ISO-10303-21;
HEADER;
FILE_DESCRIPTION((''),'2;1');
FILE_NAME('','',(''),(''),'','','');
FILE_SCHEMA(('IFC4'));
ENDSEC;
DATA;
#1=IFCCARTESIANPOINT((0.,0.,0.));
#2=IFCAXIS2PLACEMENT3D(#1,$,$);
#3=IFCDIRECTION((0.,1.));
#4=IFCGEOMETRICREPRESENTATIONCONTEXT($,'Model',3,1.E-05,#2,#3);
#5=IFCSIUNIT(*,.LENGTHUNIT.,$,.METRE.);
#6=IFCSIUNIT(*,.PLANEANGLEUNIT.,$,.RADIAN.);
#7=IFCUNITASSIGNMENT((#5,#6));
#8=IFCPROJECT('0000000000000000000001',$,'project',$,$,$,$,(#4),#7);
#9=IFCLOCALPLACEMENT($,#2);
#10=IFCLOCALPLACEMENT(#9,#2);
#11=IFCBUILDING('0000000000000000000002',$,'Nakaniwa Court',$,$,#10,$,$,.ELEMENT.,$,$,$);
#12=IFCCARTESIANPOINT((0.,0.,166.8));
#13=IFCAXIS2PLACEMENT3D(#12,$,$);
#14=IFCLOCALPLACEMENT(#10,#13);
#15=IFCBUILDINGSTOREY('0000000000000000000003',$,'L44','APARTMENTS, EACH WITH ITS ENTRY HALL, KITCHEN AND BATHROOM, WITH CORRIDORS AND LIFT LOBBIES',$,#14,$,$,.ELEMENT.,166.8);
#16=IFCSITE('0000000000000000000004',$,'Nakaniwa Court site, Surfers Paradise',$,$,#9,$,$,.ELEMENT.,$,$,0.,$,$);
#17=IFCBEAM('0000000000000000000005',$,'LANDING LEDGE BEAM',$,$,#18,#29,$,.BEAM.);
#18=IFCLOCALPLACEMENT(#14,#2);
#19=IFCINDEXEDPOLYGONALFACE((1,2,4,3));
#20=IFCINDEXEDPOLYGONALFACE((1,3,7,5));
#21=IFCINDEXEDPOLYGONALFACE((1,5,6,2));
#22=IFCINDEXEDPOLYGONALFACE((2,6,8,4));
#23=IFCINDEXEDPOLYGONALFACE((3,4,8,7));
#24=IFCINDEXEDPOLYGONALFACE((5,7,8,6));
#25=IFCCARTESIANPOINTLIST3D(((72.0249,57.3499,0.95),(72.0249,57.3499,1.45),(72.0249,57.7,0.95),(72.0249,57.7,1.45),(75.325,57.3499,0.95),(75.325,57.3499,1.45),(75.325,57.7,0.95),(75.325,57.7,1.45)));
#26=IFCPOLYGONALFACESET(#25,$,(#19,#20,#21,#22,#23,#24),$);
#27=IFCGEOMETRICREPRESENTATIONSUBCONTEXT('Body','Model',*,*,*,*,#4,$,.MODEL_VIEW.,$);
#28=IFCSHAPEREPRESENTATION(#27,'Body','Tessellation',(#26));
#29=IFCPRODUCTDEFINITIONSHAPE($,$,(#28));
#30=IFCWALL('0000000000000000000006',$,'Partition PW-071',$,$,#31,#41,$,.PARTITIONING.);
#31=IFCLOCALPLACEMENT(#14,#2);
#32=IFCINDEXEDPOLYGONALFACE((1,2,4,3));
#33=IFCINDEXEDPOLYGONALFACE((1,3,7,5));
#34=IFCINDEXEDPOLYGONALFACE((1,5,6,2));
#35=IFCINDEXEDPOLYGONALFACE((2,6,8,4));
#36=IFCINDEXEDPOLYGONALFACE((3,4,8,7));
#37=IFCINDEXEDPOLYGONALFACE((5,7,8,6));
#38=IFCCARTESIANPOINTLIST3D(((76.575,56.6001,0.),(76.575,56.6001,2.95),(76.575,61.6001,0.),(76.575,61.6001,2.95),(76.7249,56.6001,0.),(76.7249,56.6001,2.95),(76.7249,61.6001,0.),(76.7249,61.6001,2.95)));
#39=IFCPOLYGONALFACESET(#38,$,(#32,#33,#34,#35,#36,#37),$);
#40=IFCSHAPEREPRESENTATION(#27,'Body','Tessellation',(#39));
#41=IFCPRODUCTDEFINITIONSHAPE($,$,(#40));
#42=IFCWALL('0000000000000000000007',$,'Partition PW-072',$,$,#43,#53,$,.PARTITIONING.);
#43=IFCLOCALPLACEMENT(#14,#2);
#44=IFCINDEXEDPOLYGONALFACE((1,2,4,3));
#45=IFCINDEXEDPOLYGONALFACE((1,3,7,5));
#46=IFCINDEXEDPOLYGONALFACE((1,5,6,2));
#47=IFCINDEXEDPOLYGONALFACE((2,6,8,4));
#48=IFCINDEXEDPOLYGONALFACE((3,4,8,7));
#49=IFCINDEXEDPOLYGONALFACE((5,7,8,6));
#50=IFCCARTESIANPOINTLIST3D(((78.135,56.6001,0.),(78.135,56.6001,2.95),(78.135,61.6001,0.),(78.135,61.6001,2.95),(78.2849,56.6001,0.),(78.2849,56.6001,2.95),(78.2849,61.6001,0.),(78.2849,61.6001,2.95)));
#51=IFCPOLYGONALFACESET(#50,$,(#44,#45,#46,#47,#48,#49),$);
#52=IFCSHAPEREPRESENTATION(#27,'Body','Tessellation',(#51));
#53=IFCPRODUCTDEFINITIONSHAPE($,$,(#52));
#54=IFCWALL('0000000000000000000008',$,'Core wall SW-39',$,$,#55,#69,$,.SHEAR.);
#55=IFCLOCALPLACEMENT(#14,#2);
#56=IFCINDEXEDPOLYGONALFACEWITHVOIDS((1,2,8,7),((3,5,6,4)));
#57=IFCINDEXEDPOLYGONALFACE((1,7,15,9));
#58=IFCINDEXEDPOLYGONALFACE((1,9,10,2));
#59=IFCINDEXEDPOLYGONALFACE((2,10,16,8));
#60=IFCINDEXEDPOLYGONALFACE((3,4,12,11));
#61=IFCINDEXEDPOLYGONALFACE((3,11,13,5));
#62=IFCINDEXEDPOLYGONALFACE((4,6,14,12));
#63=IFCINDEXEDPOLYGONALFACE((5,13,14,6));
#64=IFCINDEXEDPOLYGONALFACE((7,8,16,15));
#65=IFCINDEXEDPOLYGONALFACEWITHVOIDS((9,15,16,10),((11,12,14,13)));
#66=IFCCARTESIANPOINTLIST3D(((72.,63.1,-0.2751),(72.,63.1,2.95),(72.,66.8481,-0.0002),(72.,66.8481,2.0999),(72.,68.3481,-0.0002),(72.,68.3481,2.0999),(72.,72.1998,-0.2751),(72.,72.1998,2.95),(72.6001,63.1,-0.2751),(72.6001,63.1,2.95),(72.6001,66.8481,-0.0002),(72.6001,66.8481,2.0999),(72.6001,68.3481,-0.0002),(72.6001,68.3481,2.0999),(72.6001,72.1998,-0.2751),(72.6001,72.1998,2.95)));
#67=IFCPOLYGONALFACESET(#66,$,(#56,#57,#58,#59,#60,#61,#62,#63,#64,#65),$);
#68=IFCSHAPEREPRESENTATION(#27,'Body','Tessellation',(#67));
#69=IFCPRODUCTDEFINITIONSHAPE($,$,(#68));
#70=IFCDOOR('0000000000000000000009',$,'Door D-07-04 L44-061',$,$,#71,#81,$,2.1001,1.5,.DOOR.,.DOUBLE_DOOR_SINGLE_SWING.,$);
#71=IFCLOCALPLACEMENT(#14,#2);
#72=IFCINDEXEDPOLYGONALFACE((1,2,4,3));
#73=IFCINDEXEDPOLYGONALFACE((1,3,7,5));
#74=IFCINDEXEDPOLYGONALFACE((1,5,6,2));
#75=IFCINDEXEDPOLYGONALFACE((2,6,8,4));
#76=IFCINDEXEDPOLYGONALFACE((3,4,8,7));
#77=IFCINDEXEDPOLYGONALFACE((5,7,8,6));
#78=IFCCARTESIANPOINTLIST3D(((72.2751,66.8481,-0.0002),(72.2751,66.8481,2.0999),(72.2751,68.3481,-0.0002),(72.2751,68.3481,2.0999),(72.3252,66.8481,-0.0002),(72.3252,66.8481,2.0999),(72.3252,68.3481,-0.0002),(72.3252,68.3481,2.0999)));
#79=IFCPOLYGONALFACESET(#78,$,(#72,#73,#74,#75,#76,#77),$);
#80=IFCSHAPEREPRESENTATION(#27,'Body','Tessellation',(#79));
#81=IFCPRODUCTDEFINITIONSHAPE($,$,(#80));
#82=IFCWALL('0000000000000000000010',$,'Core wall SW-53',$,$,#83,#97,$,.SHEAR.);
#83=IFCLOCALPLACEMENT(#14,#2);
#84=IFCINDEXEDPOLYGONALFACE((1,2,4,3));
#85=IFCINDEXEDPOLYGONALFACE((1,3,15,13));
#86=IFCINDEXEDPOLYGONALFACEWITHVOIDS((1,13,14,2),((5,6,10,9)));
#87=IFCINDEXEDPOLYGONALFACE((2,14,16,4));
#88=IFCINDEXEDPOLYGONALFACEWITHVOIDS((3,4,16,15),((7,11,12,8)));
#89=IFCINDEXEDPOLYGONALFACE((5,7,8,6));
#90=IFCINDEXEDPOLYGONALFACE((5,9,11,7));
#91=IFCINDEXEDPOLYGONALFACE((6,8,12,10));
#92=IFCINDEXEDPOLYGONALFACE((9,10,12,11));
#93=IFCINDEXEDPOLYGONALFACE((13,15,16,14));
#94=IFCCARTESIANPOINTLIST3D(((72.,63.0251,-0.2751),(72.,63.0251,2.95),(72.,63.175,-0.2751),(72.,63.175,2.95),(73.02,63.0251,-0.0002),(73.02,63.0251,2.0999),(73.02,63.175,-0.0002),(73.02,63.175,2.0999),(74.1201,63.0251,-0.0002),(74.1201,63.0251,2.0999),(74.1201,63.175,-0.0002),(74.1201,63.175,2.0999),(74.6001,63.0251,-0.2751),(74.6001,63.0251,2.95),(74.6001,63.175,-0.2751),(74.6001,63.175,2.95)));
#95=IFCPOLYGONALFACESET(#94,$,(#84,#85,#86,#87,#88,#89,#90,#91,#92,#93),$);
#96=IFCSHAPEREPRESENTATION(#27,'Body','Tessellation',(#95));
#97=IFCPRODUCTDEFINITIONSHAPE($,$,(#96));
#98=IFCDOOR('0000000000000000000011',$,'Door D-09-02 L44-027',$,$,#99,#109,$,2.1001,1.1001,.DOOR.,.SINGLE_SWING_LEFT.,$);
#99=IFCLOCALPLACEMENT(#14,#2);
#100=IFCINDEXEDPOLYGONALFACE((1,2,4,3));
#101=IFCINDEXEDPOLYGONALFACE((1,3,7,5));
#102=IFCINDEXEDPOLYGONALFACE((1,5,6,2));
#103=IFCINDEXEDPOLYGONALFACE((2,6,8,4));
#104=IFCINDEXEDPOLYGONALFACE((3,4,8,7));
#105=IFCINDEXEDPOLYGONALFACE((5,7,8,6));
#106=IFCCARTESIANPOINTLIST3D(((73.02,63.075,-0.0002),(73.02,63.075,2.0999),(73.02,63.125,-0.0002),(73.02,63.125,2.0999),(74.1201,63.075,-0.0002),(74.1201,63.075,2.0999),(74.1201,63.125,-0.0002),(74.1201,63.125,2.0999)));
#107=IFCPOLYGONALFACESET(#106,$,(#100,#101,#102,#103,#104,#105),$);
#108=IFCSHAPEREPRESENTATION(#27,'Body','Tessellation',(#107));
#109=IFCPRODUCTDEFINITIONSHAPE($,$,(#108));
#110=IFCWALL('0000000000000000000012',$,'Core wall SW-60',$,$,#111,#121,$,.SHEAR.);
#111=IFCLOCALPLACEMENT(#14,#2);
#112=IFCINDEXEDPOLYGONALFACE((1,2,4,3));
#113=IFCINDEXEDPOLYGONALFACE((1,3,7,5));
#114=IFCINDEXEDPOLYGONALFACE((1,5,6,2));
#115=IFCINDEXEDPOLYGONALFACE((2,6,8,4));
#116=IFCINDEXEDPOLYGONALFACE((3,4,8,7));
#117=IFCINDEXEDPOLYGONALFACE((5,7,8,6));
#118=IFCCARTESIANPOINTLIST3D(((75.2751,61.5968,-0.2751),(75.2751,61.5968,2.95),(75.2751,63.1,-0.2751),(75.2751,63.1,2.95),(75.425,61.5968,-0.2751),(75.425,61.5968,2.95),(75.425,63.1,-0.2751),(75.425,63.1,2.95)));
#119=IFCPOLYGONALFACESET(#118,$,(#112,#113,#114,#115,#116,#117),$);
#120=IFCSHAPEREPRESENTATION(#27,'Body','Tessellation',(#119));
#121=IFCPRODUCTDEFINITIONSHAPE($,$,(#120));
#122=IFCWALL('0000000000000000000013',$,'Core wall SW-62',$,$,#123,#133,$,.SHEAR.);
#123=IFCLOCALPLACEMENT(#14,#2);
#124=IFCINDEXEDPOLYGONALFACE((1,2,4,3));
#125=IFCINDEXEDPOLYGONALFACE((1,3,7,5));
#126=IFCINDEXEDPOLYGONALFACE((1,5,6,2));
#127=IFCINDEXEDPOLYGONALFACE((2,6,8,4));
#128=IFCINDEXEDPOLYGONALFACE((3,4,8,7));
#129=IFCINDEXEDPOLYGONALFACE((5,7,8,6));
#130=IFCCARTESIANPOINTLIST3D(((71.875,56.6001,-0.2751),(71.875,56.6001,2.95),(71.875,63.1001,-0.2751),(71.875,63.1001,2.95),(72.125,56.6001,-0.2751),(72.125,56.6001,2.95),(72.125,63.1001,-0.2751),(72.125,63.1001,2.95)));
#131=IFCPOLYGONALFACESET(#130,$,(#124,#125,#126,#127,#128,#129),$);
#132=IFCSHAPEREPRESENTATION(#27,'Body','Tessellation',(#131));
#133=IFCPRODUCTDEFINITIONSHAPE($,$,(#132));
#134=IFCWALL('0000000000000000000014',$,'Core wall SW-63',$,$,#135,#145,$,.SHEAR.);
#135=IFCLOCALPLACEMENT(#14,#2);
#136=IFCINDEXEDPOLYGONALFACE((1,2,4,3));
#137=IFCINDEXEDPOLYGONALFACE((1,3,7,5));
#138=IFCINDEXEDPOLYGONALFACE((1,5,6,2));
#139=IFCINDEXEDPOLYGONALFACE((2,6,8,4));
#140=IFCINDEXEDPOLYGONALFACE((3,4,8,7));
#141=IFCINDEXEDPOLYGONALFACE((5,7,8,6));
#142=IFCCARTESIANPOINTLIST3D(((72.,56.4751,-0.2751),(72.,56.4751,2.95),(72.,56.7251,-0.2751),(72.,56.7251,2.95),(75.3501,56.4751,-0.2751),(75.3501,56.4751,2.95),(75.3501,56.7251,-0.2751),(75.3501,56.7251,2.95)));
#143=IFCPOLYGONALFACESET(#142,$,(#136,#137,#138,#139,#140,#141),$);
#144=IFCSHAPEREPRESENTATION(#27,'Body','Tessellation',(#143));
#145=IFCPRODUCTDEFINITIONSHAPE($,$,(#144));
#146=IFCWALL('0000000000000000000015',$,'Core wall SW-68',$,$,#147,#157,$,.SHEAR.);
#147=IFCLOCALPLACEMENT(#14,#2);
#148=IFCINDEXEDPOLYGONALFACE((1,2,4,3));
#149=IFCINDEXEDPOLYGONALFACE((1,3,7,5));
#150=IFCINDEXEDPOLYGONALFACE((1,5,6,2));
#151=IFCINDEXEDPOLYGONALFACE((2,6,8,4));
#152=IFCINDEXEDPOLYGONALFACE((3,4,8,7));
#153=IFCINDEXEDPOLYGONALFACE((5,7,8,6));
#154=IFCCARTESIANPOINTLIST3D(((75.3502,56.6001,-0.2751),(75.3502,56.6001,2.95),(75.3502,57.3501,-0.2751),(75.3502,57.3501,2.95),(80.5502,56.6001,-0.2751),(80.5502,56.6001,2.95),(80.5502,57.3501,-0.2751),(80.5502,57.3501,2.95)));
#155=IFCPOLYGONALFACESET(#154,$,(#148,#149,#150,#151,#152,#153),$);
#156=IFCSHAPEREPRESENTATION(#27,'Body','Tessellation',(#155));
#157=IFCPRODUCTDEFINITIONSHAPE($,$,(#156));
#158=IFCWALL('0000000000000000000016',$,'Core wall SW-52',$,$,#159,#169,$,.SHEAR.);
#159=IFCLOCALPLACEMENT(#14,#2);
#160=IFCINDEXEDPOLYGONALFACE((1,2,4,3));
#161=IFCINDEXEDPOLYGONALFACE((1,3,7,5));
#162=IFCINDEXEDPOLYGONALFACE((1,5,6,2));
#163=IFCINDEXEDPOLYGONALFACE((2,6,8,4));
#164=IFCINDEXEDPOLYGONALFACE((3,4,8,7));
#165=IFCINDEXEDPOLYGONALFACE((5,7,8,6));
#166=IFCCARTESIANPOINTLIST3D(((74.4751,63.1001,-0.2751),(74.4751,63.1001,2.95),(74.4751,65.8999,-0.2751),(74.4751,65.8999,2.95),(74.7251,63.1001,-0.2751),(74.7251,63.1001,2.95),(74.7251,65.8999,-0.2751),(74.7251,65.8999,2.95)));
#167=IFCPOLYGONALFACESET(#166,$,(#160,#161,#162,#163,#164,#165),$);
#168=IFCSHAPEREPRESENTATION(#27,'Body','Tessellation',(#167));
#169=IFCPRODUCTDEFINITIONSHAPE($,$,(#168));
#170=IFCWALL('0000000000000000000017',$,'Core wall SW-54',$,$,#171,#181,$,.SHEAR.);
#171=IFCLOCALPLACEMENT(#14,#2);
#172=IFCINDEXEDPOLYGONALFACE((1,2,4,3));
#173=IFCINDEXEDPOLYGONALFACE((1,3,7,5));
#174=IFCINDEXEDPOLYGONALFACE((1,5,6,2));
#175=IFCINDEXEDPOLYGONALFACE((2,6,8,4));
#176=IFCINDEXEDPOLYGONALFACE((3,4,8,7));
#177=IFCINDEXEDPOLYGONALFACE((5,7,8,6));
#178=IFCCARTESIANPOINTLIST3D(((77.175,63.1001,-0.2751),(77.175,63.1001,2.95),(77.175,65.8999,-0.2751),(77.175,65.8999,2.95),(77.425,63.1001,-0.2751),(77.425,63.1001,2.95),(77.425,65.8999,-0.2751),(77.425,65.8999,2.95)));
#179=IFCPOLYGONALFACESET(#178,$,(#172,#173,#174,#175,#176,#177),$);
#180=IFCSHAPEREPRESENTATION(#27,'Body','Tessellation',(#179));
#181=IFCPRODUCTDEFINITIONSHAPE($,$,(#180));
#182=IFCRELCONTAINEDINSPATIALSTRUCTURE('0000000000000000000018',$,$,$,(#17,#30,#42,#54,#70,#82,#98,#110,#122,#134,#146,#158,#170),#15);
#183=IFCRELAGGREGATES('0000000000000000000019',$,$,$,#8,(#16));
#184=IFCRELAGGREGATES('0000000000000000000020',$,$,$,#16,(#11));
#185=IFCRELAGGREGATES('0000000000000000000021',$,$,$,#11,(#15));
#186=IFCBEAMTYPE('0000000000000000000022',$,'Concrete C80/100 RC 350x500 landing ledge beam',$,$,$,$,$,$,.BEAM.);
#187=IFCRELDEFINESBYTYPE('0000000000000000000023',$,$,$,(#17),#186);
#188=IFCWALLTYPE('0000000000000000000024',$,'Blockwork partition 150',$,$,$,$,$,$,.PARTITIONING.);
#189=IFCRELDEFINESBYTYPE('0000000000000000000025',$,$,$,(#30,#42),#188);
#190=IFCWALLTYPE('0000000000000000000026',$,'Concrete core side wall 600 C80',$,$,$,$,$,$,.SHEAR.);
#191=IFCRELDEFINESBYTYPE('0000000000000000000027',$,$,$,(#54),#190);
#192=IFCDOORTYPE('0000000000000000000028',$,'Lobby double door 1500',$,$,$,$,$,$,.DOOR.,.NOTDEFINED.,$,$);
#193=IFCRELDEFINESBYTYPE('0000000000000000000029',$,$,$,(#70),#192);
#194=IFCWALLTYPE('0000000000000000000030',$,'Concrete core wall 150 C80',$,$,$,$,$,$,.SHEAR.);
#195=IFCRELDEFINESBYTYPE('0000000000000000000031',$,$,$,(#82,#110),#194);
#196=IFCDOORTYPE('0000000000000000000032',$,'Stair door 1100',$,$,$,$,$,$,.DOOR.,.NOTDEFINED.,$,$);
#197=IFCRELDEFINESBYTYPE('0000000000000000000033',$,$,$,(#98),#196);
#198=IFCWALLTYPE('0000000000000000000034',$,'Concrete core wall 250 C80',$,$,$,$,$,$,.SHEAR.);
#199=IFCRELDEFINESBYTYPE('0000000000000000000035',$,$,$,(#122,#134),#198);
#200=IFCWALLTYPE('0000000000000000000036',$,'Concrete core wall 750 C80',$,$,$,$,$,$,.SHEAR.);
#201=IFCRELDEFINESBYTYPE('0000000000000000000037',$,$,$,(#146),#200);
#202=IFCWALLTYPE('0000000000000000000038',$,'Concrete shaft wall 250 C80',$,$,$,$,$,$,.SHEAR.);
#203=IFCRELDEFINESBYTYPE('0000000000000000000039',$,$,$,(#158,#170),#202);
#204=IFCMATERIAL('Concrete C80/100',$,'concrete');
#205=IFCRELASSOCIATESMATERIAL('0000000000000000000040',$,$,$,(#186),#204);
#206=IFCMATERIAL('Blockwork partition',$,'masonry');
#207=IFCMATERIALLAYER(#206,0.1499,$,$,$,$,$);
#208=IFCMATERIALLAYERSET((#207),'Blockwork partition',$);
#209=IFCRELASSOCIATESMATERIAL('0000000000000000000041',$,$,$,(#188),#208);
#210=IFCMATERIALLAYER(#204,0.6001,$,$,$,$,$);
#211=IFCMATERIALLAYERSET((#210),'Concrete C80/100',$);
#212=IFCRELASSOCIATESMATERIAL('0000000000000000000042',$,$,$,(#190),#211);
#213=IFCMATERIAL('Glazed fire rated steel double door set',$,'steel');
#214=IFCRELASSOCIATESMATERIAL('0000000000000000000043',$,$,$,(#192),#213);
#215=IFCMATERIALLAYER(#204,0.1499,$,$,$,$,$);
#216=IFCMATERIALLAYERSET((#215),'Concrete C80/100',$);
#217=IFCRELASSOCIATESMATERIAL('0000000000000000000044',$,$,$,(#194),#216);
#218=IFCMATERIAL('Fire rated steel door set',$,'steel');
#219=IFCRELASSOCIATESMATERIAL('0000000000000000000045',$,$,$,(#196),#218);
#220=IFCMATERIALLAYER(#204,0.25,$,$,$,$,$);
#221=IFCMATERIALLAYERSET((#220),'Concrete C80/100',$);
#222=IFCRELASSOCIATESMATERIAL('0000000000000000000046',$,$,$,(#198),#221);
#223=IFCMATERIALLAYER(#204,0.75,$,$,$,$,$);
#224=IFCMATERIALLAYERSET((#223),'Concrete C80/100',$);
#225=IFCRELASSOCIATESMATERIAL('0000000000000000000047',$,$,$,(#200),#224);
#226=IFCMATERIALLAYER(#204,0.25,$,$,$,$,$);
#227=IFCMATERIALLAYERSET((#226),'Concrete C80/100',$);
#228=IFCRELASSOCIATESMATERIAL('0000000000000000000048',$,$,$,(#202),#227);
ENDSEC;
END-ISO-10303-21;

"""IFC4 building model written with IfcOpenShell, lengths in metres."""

from ifc_helpers import new_model, si_unit, direction, frame, frame_2d, origin, origin_2d, place, context, subcontext, project, spatial, rectangle, extrude, material, layer, layer_set, material_profile, profile_set, type_object, element, fill, save


model = new_model("IFC4")

# Units and contexts
model_context = context("Model", 3, precision=1e-05, world=origin(), true_north=direction((0.0, 1.0)))
body_context = subcontext(model_context, "Body", "Model", "MODEL_VIEW")
ifc_project = project(units=[si_unit("LENGTHUNIT", "METRE"), si_unit("PLANEANGLEUNIT", "RADIAN")], contexts=[model_context])

# Site, building, storey
site_placement = place(None, origin())
site = spatial("IfcSite", under=ifc_project, at=site_placement, Name="Nakaniwa Court site, Surfers Paradise", CompositionType="ELEMENT", RefElevation=0.0)
building_placement = place(site_placement, origin())
building = spatial("IfcBuilding", under=site, at=building_placement, Name="Nakaniwa Court", CompositionType="ELEMENT")
storey_placement = place(building_placement, frame((0.0, 0.0, 166.8)))
storey = spatial("IfcBuildingStorey", under=building, at=storey_placement, Name="L44", Description="APARTMENTS, EACH WITH ITS ENTRY HALL, KITCHEN AND BATHROOM, WITH CORRIDORS AND LIFT LOBBIES", CompositionType="ELEMENT", Elevation=166.8)

# Beam
ifc_material_1 = material(Name="Concrete C80/100", Category="concrete")
ifc_material_profile = material_profile(ifc_material_1, rectangle(XDim=0.3501, YDim=0.5, at=origin_2d()), Name="Concrete C80/100 RC 350x500 landing ledge beam")
ifc_profile_set = profile_set([ifc_material_profile], Name="Concrete C80/100")
beam_type = type_object("IfcBeamType", Name="Concrete C80/100 RC 350x500 landing ledge beam", PredefinedType="BEAM", material=ifc_profile_set)
beam_placement = place(storey_placement, frame((72.0249, 57.5249, 1.2), z_axis=(1.0, 0.0, 0.0), x_axis=(0.0, 1.0, 0.0)))
element("IfcBeam", 1, at=beam_placement, inside=storey, type_object=beam_type, Name="LANDING LEDGE BEAM", PredefinedType="BEAM", context=body_context, shape_type="SweptSolid", body=[
    extrude(rectangle(XDim=0.3501, YDim=0.5, at=origin_2d()), origin(), (0.0, 0.0, 1.0), 3.3),
])

# Walls
ifc_material_2 = material(Name="Blockwork partition", Category="masonry")
ifc_layer_1 = layer(ifc_material_2, 0.1499)
ifc_layer_set_1 = layer_set([ifc_layer_1], Name="Blockwork partition")
wall_type_1 = type_object("IfcWallType", Name="Blockwork partition 150", PredefinedType="PARTITIONING", material=ifc_layer_set_1)
for number, where, z_axis, x_axis, name in (
    (2, (76.6499, 56.6001, 0.0), (0.0, 0.0, 1.0), (0.0, 1.0, 0.0), "Partition PW-071"),
    (3, (78.21, 56.6001, 0.0), (0.0, 0.0, 1.0), (0.0, 1.0, 0.0), "Partition PW-072"),
):
    element("IfcWall", number, at=place(storey_placement, frame(where, z_axis=z_axis, x_axis=x_axis)), inside=storey, type_object=wall_type_1, Name=name, PredefinedType="PARTITIONING", context=body_context, shape_type="SweptSolid", body=[
        extrude(rectangle(XDim=5.0, YDim=0.1499, at=frame_2d((2.5, 0.0))), origin(), (0.0, 0.0, 1.0), 2.95),
    ])

# Walls, openings, doors
ifc_layer_2 = layer(ifc_material_1, 0.6001)
ifc_layer_set_2 = layer_set([ifc_layer_2], Name="Concrete C80/100")
wall_type_2 = type_object("IfcWallType", Name="Concrete core side wall 600 C80", PredefinedType="SHEAR", material=ifc_layer_set_2)
wall_1_placement = place(storey_placement, frame((72.3, 63.1001, -0.2751), z_axis=(0.0, 0.0, 1.0), x_axis=(0.0, 1.0, 0.0)))
wall_1 = element("IfcWall", 4, at=wall_1_placement, inside=storey, type_object=wall_type_2, Name="Core wall SW-39", PredefinedType="SHEAR", context=body_context, shape_type="SweptSolid", body=[
    extrude(rectangle(XDim=9.0999, YDim=0.6001, at=frame_2d((4.5498, 0.0))), origin(), (0.0, 0.0, 1.0), 3.2251),
])
opening_1_placement = place(wall_1_placement, frame((3.748, 0.0, 0.2749)))
opening_1 = element("IfcOpeningElement", 5, at=opening_1_placement, cuts=wall_1, PredefinedType="OPENING", context=body_context, shape_type="SweptSolid", body=[
    extrude(rectangle(XDim=1.5, YDim=2.1001, at=frame_2d((0.75, 1.05))), frame((0.0, 0.3101, 0.0), z_axis=(0.0, -1.0, 0.0), x_axis=(1.0, 0.0, 0.0)), (0.0, 0.0, 1.0), 0.6201),
])
ifc_material_3 = material(Name="Glazed fire rated steel double door set", Category="steel")
door_type_1 = type_object("IfcDoorType", Name="Lobby double door 1500", OperationType="NOTDEFINED", PredefinedType="DOOR", material=ifc_material_3)
door_1_placement = place(opening_1_placement, origin())
door_1 = element("IfcDoor", 6, at=door_1_placement, inside=storey, type_object=door_type_1, Name="Door D-07-04 L44-061", OperationType="DOUBLE_DOOR_SINGLE_SWING", OverallHeight=2.1001, OverallWidth=1.5, PredefinedType="DOOR", context=body_context, shape_type="SweptSolid", body=[
    extrude(rectangle(XDim=1.5, YDim=2.1001, at=frame_2d((0.75, 1.05))), frame((0.0, 0.0249, 0.0), z_axis=(0.0, -1.0, 0.0), x_axis=(1.0, 0.0, 0.0)), (0.0, 0.0, 1.0), 0.05),
])
fill(opening_1, door_1)
ifc_layer_3 = layer(ifc_material_1, 0.1499)
ifc_layer_set_3 = layer_set([ifc_layer_3], Name="Concrete C80/100")
wall_type_3 = type_object("IfcWallType", Name="Concrete core wall 150 C80", PredefinedType="SHEAR", material=ifc_layer_set_3)
wall_2_placement = place(storey_placement, frame((72.0, 63.1001, -0.2751), z_axis=(0.0, 0.0, 1.0), x_axis=(1.0, 0.0, 0.0)))
wall_2 = element("IfcWall", 7, at=wall_2_placement, inside=storey, type_object=wall_type_3, Name="Core wall SW-53", PredefinedType="SHEAR", context=body_context, shape_type="SweptSolid", body=[
    extrude(rectangle(XDim=2.6001, YDim=0.1499, at=frame_2d((1.3, 0.0))), origin(), (0.0, 0.0, 1.0), 3.2251),
])
opening_2_placement = place(wall_2_placement, frame((1.02, 0.0, 0.2749)))
opening_2 = element("IfcOpeningElement", 8, at=opening_2_placement, cuts=wall_2, PredefinedType="OPENING", context=body_context, shape_type="SweptSolid", body=[
    extrude(rectangle(XDim=1.1001, YDim=2.1001, at=frame_2d((0.55, 1.05))), frame((0.0, 0.085, 0.0), z_axis=(0.0, -1.0, 0.0), x_axis=(1.0, 0.0, 0.0)), (0.0, 0.0, 1.0), 0.1699),
])
ifc_material_4 = material(Name="Fire rated steel door set", Category="steel")
door_type_2 = type_object("IfcDoorType", Name="Stair door 1100", OperationType="NOTDEFINED", PredefinedType="DOOR", material=ifc_material_4)
door_2_placement = place(opening_2_placement, origin())
door_2 = element("IfcDoor", 9, at=door_2_placement, inside=storey, type_object=door_type_2, Name="Door D-09-02 L44-027", OperationType="SINGLE_SWING_LEFT", OverallHeight=2.1001, OverallWidth=1.1001, PredefinedType="DOOR", context=body_context, shape_type="SweptSolid", body=[
    extrude(rectangle(XDim=1.1001, YDim=2.1001, at=frame_2d((0.55, 1.05))), frame((0.0, 0.0249, 0.0), z_axis=(0.0, -1.0, 0.0), x_axis=(1.0, 0.0, 0.0)), (0.0, 0.0, 1.0), 0.05),
])
fill(opening_2, door_2)

# Walls
wall_3_placement = place(storey_placement, frame((75.3501, 61.5969, -0.2751), z_axis=(0.0, 0.0, 1.0), x_axis=(0.0, 1.0, 0.0)))
element("IfcWall", 10, at=wall_3_placement, inside=storey, type_object=wall_type_3, Name="Core wall SW-60", PredefinedType="SHEAR", context=body_context, shape_type="SweptSolid", body=[
    extrude(rectangle(XDim=1.5032, YDim=0.1499, at=frame_2d((0.7515, 0.0))), origin(), (0.0, 0.0, 1.0), 3.2251),
])
ifc_layer_4 = layer(ifc_material_1, 0.25)
ifc_layer_set_4 = layer_set([ifc_layer_4], Name="Concrete C80/100")
wall_type_4 = type_object("IfcWallType", Name="Concrete core wall 250 C80", PredefinedType="SHEAR", material=ifc_layer_set_4)
wall_4_placement = place(storey_placement, frame((72.0, 56.6001, -0.2751), z_axis=(0.0, 0.0, 1.0), x_axis=(0.0, 1.0, 0.0)))
element("IfcWall", 11, at=wall_4_placement, inside=storey, type_object=wall_type_4, Name="Core wall SW-62", PredefinedType="SHEAR", context=body_context, shape_type="SweptSolid", body=[
    extrude(rectangle(XDim=6.5, YDim=0.25, at=frame_2d((3.25, 0.0))), origin(), (0.0, 0.0, 1.0), 3.2251),
])
wall_5_placement = place(storey_placement, frame((72.0, 56.6001, -0.2751), z_axis=(0.0, 0.0, 1.0), x_axis=(1.0, 0.0, 0.0)))
element("IfcWall", 12, at=wall_5_placement, inside=storey, type_object=wall_type_4, Name="Core wall SW-63", PredefinedType="SHEAR", context=body_context, shape_type="SweptSolid", body=[
    extrude(rectangle(XDim=3.3501, YDim=0.25, at=frame_2d((1.675, 0.0))), origin(), (0.0, 0.0, 1.0), 3.2251),
])
ifc_layer_5 = layer(ifc_material_1, 0.75)
ifc_layer_set_5 = layer_set([ifc_layer_5], Name="Concrete C80/100")
wall_type_5 = type_object("IfcWallType", Name="Concrete core wall 750 C80", PredefinedType="SHEAR", material=ifc_layer_set_5)
wall_6_placement = place(storey_placement, frame((75.3501, 56.9751, -0.2751), z_axis=(0.0, 0.0, 1.0), x_axis=(1.0, 0.0, 0.0)))
element("IfcWall", 13, at=wall_6_placement, inside=storey, type_object=wall_type_5, Name="Core wall SW-68", PredefinedType="SHEAR", context=body_context, shape_type="SweptSolid", body=[
    extrude(rectangle(XDim=5.2, YDim=0.75, at=frame_2d((2.6001, 0.0))), origin(), (0.0, 0.0, 1.0), 3.2251),
])
ifc_layer_6 = layer(ifc_material_1, 0.25)
ifc_layer_set_6 = layer_set([ifc_layer_6], Name="Concrete C80/100")
wall_type_6 = type_object("IfcWallType", Name="Concrete shaft wall 250 C80", PredefinedType="SHEAR", material=ifc_layer_set_6)
for number, where, z_axis, x_axis, name in (
    (14, (74.6001, 63.1001, -0.2751), (0.0, 0.0, 1.0), (0.0, 1.0, 0.0), "Core wall SW-52"),
    (15, (77.3, 63.1001, -0.2751), (0.0, 0.0, 1.0), (0.0, 1.0, 0.0), "Core wall SW-54"),
):
    element("IfcWall", number, at=place(storey_placement, frame(where, z_axis=z_axis, x_axis=x_axis)), inside=storey, type_object=wall_type_6, Name=name, PredefinedType="SHEAR", context=body_context, shape_type="SweptSolid", body=[
        extrude(rectangle(XDim=2.7998, YDim=0.25, at=frame_2d((1.3999, 0.0))), origin(), (0.0, 0.0, 1.0), 3.2251),
    ])

save(model, "model.ifc")
